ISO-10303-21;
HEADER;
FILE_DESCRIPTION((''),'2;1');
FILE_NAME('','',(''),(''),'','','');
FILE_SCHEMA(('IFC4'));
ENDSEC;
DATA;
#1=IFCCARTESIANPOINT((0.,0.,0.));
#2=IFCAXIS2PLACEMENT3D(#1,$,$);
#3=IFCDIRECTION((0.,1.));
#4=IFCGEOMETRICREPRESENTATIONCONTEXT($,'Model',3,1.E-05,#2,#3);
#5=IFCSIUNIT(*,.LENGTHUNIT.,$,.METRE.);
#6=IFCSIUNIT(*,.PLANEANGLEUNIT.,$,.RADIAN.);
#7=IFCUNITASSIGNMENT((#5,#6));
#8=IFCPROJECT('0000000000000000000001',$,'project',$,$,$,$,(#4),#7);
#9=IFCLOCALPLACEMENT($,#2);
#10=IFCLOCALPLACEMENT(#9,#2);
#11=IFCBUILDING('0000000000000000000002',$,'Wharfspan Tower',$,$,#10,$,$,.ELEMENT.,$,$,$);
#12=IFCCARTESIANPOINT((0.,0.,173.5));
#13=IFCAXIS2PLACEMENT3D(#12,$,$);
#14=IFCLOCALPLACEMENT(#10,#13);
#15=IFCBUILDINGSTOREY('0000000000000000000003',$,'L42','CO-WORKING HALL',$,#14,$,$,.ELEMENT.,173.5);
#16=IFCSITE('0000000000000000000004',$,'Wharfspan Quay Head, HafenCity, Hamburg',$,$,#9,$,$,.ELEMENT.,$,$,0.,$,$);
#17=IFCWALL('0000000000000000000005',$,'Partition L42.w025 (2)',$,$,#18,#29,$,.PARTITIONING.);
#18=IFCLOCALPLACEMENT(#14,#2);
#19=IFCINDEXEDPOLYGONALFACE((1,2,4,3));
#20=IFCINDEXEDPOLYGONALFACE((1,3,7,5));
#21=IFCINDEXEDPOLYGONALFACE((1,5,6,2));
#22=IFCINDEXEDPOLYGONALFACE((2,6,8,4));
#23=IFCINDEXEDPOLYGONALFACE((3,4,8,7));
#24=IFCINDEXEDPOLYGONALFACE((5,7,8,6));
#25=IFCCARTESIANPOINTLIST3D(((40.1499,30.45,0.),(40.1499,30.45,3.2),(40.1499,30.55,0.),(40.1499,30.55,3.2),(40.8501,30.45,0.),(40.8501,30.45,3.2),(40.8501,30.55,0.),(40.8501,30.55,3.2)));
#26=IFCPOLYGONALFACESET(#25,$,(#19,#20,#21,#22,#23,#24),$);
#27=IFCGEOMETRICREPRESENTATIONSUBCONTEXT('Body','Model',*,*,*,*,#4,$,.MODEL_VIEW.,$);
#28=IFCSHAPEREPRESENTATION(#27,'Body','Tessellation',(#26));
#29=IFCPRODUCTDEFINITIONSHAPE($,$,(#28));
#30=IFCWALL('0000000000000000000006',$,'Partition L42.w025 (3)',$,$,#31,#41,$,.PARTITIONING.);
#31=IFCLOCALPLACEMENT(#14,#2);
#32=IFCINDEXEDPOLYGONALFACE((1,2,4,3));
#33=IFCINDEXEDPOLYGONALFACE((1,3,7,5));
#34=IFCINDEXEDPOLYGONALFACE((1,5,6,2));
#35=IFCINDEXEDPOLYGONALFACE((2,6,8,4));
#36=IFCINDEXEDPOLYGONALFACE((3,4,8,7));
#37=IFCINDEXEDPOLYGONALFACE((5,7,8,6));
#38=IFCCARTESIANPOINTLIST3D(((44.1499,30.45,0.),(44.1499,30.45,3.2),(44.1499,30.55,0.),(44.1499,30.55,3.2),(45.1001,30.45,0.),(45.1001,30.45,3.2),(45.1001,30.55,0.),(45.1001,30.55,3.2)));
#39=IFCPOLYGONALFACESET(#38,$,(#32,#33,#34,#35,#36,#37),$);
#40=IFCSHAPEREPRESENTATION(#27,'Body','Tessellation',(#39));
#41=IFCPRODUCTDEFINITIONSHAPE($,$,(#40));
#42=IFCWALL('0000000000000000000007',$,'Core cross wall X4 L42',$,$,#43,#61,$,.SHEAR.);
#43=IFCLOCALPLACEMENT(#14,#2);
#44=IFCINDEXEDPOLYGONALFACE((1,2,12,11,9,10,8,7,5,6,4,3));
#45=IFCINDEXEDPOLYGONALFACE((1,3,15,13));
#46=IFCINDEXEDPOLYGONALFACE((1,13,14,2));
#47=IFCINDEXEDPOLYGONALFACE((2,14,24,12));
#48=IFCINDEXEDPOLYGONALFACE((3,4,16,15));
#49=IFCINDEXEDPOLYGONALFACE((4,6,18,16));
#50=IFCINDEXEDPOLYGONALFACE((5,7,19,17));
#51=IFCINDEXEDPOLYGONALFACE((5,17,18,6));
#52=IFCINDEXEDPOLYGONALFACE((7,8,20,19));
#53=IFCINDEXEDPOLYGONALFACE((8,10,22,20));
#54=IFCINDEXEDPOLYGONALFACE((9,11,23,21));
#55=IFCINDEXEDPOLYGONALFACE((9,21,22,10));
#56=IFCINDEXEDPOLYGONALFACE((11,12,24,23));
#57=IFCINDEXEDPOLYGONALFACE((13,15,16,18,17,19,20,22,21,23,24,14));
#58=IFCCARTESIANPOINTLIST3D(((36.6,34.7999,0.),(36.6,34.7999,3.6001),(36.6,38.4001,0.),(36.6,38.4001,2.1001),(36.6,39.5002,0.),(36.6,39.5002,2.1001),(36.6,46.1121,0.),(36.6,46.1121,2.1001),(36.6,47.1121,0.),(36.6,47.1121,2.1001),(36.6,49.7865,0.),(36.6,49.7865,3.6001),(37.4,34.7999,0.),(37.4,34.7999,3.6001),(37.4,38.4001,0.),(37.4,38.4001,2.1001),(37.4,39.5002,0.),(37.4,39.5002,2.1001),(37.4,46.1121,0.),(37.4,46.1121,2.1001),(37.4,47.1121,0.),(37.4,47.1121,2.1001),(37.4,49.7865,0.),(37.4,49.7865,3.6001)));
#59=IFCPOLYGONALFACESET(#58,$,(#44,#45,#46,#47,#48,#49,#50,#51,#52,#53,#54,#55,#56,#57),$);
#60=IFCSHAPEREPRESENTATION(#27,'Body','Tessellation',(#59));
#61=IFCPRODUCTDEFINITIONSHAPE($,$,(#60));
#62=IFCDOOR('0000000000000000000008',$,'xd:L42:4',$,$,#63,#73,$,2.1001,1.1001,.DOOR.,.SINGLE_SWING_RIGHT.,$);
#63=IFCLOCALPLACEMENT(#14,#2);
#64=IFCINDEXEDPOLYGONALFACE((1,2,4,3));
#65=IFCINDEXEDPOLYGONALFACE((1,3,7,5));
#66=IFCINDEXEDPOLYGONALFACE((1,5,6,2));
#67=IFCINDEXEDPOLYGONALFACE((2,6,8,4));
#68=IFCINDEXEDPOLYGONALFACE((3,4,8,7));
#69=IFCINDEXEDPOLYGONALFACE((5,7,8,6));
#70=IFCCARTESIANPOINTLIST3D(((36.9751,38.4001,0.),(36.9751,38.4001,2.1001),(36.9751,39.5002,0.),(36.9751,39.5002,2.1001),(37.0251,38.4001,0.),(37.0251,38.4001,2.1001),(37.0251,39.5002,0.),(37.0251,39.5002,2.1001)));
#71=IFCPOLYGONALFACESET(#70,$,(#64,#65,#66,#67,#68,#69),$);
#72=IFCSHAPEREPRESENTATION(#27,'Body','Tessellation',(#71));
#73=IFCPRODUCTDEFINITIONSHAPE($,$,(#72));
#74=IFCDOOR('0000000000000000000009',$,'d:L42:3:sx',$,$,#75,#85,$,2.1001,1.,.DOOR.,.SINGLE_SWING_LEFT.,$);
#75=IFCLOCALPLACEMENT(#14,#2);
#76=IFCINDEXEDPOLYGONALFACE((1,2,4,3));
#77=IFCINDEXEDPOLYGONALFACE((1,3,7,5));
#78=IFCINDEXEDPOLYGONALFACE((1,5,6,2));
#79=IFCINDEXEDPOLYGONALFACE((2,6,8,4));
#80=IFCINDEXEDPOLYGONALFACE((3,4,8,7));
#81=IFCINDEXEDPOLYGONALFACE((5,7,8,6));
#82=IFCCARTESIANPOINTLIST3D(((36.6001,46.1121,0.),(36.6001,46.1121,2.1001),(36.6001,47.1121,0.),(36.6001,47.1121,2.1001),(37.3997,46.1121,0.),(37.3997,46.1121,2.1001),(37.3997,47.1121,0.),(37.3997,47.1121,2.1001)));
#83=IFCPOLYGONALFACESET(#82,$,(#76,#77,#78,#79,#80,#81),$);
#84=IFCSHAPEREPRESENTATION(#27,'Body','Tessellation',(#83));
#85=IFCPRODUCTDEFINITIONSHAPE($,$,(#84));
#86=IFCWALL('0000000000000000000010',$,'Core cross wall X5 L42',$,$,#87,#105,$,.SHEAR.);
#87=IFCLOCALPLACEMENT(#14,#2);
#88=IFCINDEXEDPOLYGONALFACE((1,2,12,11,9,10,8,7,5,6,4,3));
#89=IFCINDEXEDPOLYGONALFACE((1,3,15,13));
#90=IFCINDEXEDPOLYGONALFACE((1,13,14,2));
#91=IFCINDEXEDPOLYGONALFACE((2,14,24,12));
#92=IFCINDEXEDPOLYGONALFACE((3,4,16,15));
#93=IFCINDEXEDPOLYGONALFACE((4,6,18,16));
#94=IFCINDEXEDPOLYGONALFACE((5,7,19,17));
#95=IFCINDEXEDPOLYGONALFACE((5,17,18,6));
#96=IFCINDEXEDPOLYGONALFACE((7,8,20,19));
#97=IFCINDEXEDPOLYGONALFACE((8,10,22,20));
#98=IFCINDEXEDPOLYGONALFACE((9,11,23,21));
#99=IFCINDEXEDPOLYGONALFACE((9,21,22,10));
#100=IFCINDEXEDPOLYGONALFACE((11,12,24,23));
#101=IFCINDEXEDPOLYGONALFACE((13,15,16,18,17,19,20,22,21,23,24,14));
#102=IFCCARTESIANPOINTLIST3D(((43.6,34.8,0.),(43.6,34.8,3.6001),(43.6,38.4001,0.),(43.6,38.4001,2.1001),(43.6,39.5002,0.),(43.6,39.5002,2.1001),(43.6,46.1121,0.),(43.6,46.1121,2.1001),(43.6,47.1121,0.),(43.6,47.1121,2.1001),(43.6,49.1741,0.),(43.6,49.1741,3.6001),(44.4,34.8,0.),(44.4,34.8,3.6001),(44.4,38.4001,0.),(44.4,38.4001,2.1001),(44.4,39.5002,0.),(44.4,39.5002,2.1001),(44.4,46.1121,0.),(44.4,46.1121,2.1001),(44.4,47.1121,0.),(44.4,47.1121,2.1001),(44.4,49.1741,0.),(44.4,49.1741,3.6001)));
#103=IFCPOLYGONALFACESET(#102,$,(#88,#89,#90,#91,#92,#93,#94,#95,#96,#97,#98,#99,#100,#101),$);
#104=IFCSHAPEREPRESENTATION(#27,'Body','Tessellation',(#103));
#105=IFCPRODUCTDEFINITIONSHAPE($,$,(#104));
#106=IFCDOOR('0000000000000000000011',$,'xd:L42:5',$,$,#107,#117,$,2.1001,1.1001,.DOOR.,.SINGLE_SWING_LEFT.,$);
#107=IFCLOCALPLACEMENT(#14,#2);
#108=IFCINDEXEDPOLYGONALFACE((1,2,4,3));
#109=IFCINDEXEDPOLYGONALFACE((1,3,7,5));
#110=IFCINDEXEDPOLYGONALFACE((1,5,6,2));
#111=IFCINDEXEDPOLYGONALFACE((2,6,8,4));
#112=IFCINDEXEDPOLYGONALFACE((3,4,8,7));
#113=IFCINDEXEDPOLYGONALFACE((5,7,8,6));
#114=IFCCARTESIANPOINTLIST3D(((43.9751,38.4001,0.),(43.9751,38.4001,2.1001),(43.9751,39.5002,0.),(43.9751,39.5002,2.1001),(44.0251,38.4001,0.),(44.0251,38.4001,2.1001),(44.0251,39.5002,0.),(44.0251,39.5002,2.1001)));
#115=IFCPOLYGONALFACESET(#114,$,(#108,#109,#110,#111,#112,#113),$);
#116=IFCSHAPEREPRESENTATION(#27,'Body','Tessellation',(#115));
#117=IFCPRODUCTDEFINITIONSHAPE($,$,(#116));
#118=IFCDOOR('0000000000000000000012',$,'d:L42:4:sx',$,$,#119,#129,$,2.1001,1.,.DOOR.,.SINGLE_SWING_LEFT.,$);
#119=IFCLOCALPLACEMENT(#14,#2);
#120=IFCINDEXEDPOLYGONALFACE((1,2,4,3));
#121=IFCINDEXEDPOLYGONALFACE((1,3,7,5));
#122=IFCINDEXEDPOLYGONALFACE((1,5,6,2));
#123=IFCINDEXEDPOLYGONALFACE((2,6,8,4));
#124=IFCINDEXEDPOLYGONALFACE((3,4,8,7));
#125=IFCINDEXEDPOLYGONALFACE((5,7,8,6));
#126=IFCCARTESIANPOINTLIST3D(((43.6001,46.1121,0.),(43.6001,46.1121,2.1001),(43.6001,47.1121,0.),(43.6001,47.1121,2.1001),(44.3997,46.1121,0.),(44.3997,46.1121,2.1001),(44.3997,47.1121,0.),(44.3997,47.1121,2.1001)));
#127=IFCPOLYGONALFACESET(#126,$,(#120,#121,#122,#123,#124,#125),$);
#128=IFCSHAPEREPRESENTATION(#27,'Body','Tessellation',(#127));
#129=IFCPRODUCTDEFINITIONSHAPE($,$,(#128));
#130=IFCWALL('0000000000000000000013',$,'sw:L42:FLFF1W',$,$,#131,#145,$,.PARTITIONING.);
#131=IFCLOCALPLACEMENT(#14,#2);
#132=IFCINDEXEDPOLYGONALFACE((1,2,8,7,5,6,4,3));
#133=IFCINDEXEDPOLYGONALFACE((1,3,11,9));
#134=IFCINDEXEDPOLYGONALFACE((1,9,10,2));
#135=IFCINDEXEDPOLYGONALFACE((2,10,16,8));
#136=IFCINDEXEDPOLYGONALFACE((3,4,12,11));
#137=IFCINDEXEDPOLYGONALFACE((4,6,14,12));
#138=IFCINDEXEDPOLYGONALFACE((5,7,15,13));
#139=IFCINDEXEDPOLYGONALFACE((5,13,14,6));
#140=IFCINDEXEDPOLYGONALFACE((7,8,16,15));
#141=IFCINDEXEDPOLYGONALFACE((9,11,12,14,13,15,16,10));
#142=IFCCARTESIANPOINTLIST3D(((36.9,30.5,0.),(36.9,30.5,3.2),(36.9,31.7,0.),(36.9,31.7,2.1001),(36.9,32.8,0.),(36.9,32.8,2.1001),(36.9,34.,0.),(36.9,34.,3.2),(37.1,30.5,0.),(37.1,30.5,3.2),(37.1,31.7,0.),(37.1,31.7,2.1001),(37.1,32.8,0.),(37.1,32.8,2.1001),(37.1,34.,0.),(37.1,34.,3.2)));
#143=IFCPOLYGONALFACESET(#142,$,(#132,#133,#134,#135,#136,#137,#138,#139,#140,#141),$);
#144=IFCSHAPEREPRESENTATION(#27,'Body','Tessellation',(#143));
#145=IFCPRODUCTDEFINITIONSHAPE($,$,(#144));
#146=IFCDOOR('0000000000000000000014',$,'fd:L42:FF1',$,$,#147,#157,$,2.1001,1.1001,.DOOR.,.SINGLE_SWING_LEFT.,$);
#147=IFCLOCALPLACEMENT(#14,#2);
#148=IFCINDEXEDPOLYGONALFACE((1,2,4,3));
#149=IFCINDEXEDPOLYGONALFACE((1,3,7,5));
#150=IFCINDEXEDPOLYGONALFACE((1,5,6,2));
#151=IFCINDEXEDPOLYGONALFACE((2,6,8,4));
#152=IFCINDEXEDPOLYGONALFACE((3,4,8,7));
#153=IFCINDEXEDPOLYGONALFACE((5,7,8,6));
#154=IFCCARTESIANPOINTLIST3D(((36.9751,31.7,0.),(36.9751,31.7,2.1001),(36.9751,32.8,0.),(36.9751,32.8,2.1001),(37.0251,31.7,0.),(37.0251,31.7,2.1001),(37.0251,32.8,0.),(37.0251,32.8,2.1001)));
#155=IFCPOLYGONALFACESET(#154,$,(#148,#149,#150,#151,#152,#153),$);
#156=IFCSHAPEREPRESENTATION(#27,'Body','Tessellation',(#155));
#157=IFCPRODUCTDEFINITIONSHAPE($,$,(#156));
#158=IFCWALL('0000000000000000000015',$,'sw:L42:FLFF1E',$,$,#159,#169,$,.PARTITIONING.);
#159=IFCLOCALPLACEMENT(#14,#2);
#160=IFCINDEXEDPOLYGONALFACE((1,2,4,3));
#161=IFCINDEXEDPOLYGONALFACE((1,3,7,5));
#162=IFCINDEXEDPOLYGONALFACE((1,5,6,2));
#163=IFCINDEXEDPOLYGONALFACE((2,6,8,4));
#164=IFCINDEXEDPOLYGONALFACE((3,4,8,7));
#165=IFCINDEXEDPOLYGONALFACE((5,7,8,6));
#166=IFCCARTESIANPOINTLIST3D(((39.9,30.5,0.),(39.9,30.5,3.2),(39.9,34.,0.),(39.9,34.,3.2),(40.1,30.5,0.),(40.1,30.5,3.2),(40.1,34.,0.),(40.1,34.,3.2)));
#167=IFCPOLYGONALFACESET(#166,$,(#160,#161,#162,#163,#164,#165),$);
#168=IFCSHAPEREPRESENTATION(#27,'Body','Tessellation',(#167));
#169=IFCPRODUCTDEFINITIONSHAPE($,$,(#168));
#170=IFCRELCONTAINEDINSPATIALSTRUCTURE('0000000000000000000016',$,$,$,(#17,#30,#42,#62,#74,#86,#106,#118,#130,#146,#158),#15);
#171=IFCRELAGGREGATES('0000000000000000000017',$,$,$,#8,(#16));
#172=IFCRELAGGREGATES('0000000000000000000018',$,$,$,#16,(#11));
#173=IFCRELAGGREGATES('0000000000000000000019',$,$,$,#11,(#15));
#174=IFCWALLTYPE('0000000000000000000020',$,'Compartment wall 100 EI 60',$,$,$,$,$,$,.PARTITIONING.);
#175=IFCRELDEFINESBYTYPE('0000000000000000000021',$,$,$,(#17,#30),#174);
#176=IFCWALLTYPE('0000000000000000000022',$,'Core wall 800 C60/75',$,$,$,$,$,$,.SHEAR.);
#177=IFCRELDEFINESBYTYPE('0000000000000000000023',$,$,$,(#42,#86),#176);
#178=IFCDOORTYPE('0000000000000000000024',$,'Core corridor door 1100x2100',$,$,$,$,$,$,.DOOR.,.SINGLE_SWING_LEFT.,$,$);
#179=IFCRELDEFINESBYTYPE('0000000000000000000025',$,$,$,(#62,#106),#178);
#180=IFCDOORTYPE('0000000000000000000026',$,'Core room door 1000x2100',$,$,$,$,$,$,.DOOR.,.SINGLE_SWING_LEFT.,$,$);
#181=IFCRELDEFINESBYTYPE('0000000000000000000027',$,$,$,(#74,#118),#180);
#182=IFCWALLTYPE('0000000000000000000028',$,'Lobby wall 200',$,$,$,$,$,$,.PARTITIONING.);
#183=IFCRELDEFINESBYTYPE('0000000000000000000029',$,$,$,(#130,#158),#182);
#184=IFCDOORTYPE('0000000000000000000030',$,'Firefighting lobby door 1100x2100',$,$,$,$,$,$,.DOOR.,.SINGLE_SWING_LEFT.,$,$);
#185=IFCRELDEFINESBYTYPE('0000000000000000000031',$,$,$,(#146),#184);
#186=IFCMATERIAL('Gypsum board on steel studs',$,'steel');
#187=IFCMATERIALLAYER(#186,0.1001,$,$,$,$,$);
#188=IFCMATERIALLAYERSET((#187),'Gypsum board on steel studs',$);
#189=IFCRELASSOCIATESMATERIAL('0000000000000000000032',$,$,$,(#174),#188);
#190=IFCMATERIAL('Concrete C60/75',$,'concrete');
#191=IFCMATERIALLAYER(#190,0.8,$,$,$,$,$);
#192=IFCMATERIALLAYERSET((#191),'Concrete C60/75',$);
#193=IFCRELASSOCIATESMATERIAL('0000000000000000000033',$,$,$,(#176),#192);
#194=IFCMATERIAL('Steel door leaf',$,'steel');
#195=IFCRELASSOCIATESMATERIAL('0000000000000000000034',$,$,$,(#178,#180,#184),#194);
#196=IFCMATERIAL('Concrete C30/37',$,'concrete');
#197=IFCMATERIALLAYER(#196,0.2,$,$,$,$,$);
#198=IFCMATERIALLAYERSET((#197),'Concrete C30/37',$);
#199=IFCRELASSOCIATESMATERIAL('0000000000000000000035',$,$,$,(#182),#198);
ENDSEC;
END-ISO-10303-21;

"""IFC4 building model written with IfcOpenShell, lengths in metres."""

from ifc_helpers import new_model, si_unit, direction, frame, frame_2d, origin, place, context, subcontext, project, spatial, rectangle, extrude, material, layer, layer_set, type_object, element, fill, save


model = new_model("IFC4")

# Units and contexts
model_context = context("Model", 3, precision=1e-05, world=origin(), true_north=direction((0.0, 1.0)))
body_context = subcontext(model_context, "Body", "Model", "MODEL_VIEW")
ifc_project = project(units=[si_unit("LENGTHUNIT", "METRE"), si_unit("PLANEANGLEUNIT", "RADIAN")], contexts=[model_context])

# Site, building, storey
site_placement = place(None, origin())
site = spatial("IfcSite", under=ifc_project, at=site_placement, Name="Wharfspan Quay Head, HafenCity, Hamburg", CompositionType="ELEMENT", RefElevation=0.0)
building_placement = place(site_placement, origin())
building = spatial("IfcBuilding", under=site, at=building_placement, Name="Wharfspan Tower", CompositionType="ELEMENT")
storey_placement = place(building_placement, frame((0.0, 0.0, 173.5)))
storey = spatial("IfcBuildingStorey", under=building, at=storey_placement, Name="L42", Description="CO-WORKING HALL", CompositionType="ELEMENT", Elevation=173.5)

# Walls
ifc_material_1 = material(Name="Gypsum board on steel studs", Category="steel")
ifc_layer_1 = layer(ifc_material_1, 0.1001)
ifc_layer_set_1 = layer_set([ifc_layer_1], Name="Gypsum board on steel studs")
wall_type_1 = type_object("IfcWallType", Name="Compartment wall 100 EI 60", PredefinedType="PARTITIONING", material=ifc_layer_set_1)
wall_1_placement = place(storey_placement, frame((40.1499, 30.5, 0.0), z_axis=(0.0, 0.0, 1.0), x_axis=(1.0, 0.0, 0.0)))
element("IfcWall", 1, at=wall_1_placement, inside=storey, type_object=wall_type_1, Name="Partition L42.w025 (2)", PredefinedType="PARTITIONING", context=body_context, shape_type="SweptSolid", body=[
    extrude(rectangle(XDim=0.7002, YDim=0.1001, at=frame_2d((0.3501, 0.0))), origin(), (0.0, 0.0, 1.0), 3.2),
])
wall_2_placement = place(storey_placement, frame((44.1499, 30.5, 0.0), z_axis=(0.0, 0.0, 1.0), x_axis=(1.0, 0.0, 0.0)))
element("IfcWall", 2, at=wall_2_placement, inside=storey, type_object=wall_type_1, Name="Partition L42.w025 (3)", PredefinedType="PARTITIONING", context=body_context, shape_type="SweptSolid", body=[
    extrude(rectangle(XDim=0.9502, YDim=0.1001, at=frame_2d((0.4751, 0.0))), origin(), (0.0, 0.0, 1.0), 3.2),
])

# Walls, openings, doors
ifc_material_2 = material(Name="Concrete C60/75", Category="concrete")
ifc_layer_2 = layer(ifc_material_2, 0.8)
ifc_layer_set_2 = layer_set([ifc_layer_2], Name="Concrete C60/75")
wall_type_2 = type_object("IfcWallType", Name="Core wall 800 C60/75", PredefinedType="SHEAR", material=ifc_layer_set_2)
wall_3_placement = place(storey_placement, frame((37.0, 34.8, 0.0), z_axis=(0.0, 0.0, 1.0), x_axis=(0.0, 1.0, 0.0)))
wall_3 = element("IfcWall", 3, at=wall_3_placement, inside=storey, type_object=wall_type_2, Name="Core cross wall X4 L42", PredefinedType="SHEAR", context=body_context, shape_type="SweptSolid", body=[
    extrude(rectangle(XDim=14.9866, YDim=0.8, at=frame_2d((7.4932, 0.0))), origin(), (0.0, 0.0, 1.0), 3.6001),
])
opening_1_placement = place(wall_3_placement, frame((11.312, 0.0, 0.0)))
opening_1 = element("IfcOpeningElement", 4, at=opening_1_placement, cuts=wall_3, PredefinedType="OPENING", context=body_context, shape_type="SweptSolid", body=[
    extrude(rectangle(XDim=1.0, YDim=2.1001, at=frame_2d((0.5, 1.05))), frame((0.0, 0.4099, 0.0), z_axis=(0.0, -1.0, 0.0), x_axis=(1.0, 0.0, 0.0)), (0.0, 0.0, 1.0), 0.8201),
])
opening_2_placement = place(wall_3_placement, frame((3.6001, 0.0, 0.0)))
opening_2 = element("IfcOpeningElement", 5, at=opening_2_placement, cuts=wall_3, PredefinedType="OPENING", context=body_context, shape_type="SweptSolid", body=[
    extrude(rectangle(XDim=1.1001, YDim=2.1001, at=frame_2d((0.55, 1.05))), frame((0.0, 0.4099, 0.0), z_axis=(0.0, -1.0, 0.0), x_axis=(1.0, 0.0, 0.0)), (0.0, 0.0, 1.0), 0.8201),
])
ifc_material_3 = material(Name="Steel door leaf", Category="steel")
door_type_1 = type_object("IfcDoorType", Name="Core corridor door 1100x2100", OperationType="SINGLE_SWING_LEFT", PredefinedType="DOOR", material=ifc_material_3)
door_1_placement = place(opening_2_placement, origin())
door_1 = element("IfcDoor", 6, at=door_1_placement, inside=storey, type_object=door_type_1, Name="xd:L42:4", OperationType="SINGLE_SWING_RIGHT", OverallHeight=2.1001, OverallWidth=1.1001, PredefinedType="DOOR", context=body_context, shape_type="SweptSolid", body=[
    extrude(rectangle(XDim=1.1001, YDim=2.1001, at=frame_2d((0.55, 1.05))), frame((0.0, 0.0249, 0.0), z_axis=(0.0, -1.0, 0.0), x_axis=(1.0, 0.0, 0.0)), (0.0, 0.0, 1.0), 0.05),
])
fill(opening_2, door_1)
door_type_2 = type_object("IfcDoorType", Name="Core room door 1000x2100", OperationType="SINGLE_SWING_LEFT", PredefinedType="DOOR", material=ifc_material_3)
door_2_placement = place(opening_1_placement, origin())
door_2 = element("IfcDoor", 7, at=door_2_placement, inside=storey, type_object=door_type_2, Name="d:L42:3:sx", OperationType="SINGLE_SWING_LEFT", OverallHeight=2.1001, OverallWidth=1.0, PredefinedType="DOOR", context=body_context, shape_type="SweptSolid", body=[
    extrude(rectangle(XDim=1.0, YDim=2.1001, at=frame_2d((0.5, 1.05))), frame((0.0, 0.3999, 0.0), z_axis=(0.0, -1.0, 0.0), x_axis=(1.0, 0.0, 0.0)), (0.0, 0.0, 1.0), 0.7996),
])
fill(opening_1, door_2)
wall_4_placement = place(storey_placement, frame((44.0, 34.8, 0.0), z_axis=(0.0, 0.0, 1.0), x_axis=(0.0, 1.0, 0.0)))
wall_4 = element("IfcWall", 8, at=wall_4_placement, inside=storey, type_object=wall_type_2, Name="Core cross wall X5 L42", PredefinedType="SHEAR", context=body_context, shape_type="SweptSolid", body=[
    extrude(rectangle(XDim=14.374, YDim=0.8, at=frame_2d((7.187, 0.0))), origin(), (0.0, 0.0, 1.0), 3.6001),
])
opening_3_placement = place(wall_4_placement, frame((11.312, 0.0, 0.0)))
opening_3 = element("IfcOpeningElement", 9, at=opening_3_placement, cuts=wall_4, PredefinedType="OPENING", context=body_context, shape_type="SweptSolid", body=[
    extrude(rectangle(XDim=1.0, YDim=2.1001, at=frame_2d((0.5, 1.05))), frame((0.0, 0.4099, 0.0), z_axis=(0.0, -1.0, 0.0), x_axis=(1.0, 0.0, 0.0)), (0.0, 0.0, 1.0), 0.8201),
])
opening_4_placement = place(wall_4_placement, frame((3.6001, 0.0, 0.0)))
opening_4 = element("IfcOpeningElement", 10, at=opening_4_placement, cuts=wall_4, PredefinedType="OPENING", context=body_context, shape_type="SweptSolid", body=[
    extrude(rectangle(XDim=1.1001, YDim=2.1001, at=frame_2d((0.55, 1.05))), frame((0.0, 0.4099, 0.0), z_axis=(0.0, -1.0, 0.0), x_axis=(1.0, 0.0, 0.0)), (0.0, 0.0, 1.0), 0.8201),
])
door_3_placement = place(opening_4_placement, origin())
door_3 = element("IfcDoor", 11, at=door_3_placement, inside=storey, type_object=door_type_1, Name="xd:L42:5", OperationType="SINGLE_SWING_LEFT", OverallHeight=2.1001, OverallWidth=1.1001, PredefinedType="DOOR", context=body_context, shape_type="SweptSolid", body=[
    extrude(rectangle(XDim=1.1001, YDim=2.1001, at=frame_2d((0.55, 1.05))), frame((0.0, 0.0249, 0.0), z_axis=(0.0, -1.0, 0.0), x_axis=(1.0, 0.0, 0.0)), (0.0, 0.0, 1.0), 0.05),
])
fill(opening_4, door_3)
door_4_placement = place(opening_3_placement, origin())
door_4 = element("IfcDoor", 12, at=door_4_placement, inside=storey, type_object=door_type_2, Name="d:L42:4:sx", OperationType="SINGLE_SWING_LEFT", OverallHeight=2.1001, OverallWidth=1.0, PredefinedType="DOOR", context=body_context, shape_type="SweptSolid", body=[
    extrude(rectangle(XDim=1.0, YDim=2.1001, at=frame_2d((0.5, 1.05))), frame((0.0, 0.3999, 0.0), z_axis=(0.0, -1.0, 0.0), x_axis=(1.0, 0.0, 0.0)), (0.0, 0.0, 1.0), 0.7996),
])
fill(opening_3, door_4)

# Wall, opening, door
ifc_material_4 = material(Name="Concrete C30/37", Category="concrete")
ifc_layer_3 = layer(ifc_material_4, 0.2)
ifc_layer_set_3 = layer_set([ifc_layer_3], Name="Concrete C30/37")
wall_type_3 = type_object("IfcWallType", Name="Lobby wall 200", PredefinedType="PARTITIONING", material=ifc_layer_set_3)
wall_5_placement = place(storey_placement, frame((37.0, 30.5, 0.0), z_axis=(0.0, 0.0, 1.0), x_axis=(0.0, 1.0, 0.0)))
wall_5 = element("IfcWall", 13, at=wall_5_placement, inside=storey, type_object=wall_type_3, Name="sw:L42:FLFF1W", PredefinedType="PARTITIONING", context=body_context, shape_type="SweptSolid", body=[
    extrude(rectangle(XDim=3.5, YDim=0.2, at=frame_2d((1.75, 0.0))), origin(), (0.0, 0.0, 1.0), 3.2),
])
opening_5_placement = place(wall_5_placement, frame((1.2, 0.0, 0.0)))
opening_5 = element("IfcOpeningElement", 14, at=opening_5_placement, cuts=wall_5, PredefinedType="OPENING", context=body_context, shape_type="SweptSolid", body=[
    extrude(rectangle(XDim=1.1001, YDim=2.1001, at=frame_2d((0.55, 1.05))), frame((0.0, 0.1099, 0.0), z_axis=(0.0, -1.0, 0.0), x_axis=(1.0, 0.0, 0.0)), (0.0, 0.0, 1.0), 0.22),
])
door_type_3 = type_object("IfcDoorType", Name="Firefighting lobby door 1100x2100", OperationType="SINGLE_SWING_LEFT", PredefinedType="DOOR", material=ifc_material_3)
door_5_placement = place(opening_5_placement, origin())
door_5 = element("IfcDoor", 15, at=door_5_placement, inside=storey, type_object=door_type_3, Name="fd:L42:FF1", OperationType="SINGLE_SWING_LEFT", OverallHeight=2.1001, OverallWidth=1.1001, PredefinedType="DOOR", context=body_context, shape_type="SweptSolid", body=[
    extrude(rectangle(XDim=1.1001, YDim=2.1001, at=frame_2d((0.55, 1.05))), frame((0.0, 0.0249, 0.0), z_axis=(0.0, -1.0, 0.0), x_axis=(1.0, 0.0, 0.0)), (0.0, 0.0, 1.0), 0.05),
])
fill(opening_5, door_5)

# Wall
wall_6_placement = place(storey_placement, frame((40.0, 30.5, 0.0), z_axis=(0.0, 0.0, 1.0), x_axis=(0.0, 1.0, 0.0)))
element("IfcWall", 16, at=wall_6_placement, inside=storey, type_object=wall_type_3, Name="sw:L42:FLFF1E", PredefinedType="PARTITIONING", context=body_context, shape_type="SweptSolid", body=[
    extrude(rectangle(XDim=3.5, YDim=0.2, at=frame_2d((1.75, 0.0))), origin(), (0.0, 0.0, 1.0), 3.2),
])

save(model, "model.ifc")
